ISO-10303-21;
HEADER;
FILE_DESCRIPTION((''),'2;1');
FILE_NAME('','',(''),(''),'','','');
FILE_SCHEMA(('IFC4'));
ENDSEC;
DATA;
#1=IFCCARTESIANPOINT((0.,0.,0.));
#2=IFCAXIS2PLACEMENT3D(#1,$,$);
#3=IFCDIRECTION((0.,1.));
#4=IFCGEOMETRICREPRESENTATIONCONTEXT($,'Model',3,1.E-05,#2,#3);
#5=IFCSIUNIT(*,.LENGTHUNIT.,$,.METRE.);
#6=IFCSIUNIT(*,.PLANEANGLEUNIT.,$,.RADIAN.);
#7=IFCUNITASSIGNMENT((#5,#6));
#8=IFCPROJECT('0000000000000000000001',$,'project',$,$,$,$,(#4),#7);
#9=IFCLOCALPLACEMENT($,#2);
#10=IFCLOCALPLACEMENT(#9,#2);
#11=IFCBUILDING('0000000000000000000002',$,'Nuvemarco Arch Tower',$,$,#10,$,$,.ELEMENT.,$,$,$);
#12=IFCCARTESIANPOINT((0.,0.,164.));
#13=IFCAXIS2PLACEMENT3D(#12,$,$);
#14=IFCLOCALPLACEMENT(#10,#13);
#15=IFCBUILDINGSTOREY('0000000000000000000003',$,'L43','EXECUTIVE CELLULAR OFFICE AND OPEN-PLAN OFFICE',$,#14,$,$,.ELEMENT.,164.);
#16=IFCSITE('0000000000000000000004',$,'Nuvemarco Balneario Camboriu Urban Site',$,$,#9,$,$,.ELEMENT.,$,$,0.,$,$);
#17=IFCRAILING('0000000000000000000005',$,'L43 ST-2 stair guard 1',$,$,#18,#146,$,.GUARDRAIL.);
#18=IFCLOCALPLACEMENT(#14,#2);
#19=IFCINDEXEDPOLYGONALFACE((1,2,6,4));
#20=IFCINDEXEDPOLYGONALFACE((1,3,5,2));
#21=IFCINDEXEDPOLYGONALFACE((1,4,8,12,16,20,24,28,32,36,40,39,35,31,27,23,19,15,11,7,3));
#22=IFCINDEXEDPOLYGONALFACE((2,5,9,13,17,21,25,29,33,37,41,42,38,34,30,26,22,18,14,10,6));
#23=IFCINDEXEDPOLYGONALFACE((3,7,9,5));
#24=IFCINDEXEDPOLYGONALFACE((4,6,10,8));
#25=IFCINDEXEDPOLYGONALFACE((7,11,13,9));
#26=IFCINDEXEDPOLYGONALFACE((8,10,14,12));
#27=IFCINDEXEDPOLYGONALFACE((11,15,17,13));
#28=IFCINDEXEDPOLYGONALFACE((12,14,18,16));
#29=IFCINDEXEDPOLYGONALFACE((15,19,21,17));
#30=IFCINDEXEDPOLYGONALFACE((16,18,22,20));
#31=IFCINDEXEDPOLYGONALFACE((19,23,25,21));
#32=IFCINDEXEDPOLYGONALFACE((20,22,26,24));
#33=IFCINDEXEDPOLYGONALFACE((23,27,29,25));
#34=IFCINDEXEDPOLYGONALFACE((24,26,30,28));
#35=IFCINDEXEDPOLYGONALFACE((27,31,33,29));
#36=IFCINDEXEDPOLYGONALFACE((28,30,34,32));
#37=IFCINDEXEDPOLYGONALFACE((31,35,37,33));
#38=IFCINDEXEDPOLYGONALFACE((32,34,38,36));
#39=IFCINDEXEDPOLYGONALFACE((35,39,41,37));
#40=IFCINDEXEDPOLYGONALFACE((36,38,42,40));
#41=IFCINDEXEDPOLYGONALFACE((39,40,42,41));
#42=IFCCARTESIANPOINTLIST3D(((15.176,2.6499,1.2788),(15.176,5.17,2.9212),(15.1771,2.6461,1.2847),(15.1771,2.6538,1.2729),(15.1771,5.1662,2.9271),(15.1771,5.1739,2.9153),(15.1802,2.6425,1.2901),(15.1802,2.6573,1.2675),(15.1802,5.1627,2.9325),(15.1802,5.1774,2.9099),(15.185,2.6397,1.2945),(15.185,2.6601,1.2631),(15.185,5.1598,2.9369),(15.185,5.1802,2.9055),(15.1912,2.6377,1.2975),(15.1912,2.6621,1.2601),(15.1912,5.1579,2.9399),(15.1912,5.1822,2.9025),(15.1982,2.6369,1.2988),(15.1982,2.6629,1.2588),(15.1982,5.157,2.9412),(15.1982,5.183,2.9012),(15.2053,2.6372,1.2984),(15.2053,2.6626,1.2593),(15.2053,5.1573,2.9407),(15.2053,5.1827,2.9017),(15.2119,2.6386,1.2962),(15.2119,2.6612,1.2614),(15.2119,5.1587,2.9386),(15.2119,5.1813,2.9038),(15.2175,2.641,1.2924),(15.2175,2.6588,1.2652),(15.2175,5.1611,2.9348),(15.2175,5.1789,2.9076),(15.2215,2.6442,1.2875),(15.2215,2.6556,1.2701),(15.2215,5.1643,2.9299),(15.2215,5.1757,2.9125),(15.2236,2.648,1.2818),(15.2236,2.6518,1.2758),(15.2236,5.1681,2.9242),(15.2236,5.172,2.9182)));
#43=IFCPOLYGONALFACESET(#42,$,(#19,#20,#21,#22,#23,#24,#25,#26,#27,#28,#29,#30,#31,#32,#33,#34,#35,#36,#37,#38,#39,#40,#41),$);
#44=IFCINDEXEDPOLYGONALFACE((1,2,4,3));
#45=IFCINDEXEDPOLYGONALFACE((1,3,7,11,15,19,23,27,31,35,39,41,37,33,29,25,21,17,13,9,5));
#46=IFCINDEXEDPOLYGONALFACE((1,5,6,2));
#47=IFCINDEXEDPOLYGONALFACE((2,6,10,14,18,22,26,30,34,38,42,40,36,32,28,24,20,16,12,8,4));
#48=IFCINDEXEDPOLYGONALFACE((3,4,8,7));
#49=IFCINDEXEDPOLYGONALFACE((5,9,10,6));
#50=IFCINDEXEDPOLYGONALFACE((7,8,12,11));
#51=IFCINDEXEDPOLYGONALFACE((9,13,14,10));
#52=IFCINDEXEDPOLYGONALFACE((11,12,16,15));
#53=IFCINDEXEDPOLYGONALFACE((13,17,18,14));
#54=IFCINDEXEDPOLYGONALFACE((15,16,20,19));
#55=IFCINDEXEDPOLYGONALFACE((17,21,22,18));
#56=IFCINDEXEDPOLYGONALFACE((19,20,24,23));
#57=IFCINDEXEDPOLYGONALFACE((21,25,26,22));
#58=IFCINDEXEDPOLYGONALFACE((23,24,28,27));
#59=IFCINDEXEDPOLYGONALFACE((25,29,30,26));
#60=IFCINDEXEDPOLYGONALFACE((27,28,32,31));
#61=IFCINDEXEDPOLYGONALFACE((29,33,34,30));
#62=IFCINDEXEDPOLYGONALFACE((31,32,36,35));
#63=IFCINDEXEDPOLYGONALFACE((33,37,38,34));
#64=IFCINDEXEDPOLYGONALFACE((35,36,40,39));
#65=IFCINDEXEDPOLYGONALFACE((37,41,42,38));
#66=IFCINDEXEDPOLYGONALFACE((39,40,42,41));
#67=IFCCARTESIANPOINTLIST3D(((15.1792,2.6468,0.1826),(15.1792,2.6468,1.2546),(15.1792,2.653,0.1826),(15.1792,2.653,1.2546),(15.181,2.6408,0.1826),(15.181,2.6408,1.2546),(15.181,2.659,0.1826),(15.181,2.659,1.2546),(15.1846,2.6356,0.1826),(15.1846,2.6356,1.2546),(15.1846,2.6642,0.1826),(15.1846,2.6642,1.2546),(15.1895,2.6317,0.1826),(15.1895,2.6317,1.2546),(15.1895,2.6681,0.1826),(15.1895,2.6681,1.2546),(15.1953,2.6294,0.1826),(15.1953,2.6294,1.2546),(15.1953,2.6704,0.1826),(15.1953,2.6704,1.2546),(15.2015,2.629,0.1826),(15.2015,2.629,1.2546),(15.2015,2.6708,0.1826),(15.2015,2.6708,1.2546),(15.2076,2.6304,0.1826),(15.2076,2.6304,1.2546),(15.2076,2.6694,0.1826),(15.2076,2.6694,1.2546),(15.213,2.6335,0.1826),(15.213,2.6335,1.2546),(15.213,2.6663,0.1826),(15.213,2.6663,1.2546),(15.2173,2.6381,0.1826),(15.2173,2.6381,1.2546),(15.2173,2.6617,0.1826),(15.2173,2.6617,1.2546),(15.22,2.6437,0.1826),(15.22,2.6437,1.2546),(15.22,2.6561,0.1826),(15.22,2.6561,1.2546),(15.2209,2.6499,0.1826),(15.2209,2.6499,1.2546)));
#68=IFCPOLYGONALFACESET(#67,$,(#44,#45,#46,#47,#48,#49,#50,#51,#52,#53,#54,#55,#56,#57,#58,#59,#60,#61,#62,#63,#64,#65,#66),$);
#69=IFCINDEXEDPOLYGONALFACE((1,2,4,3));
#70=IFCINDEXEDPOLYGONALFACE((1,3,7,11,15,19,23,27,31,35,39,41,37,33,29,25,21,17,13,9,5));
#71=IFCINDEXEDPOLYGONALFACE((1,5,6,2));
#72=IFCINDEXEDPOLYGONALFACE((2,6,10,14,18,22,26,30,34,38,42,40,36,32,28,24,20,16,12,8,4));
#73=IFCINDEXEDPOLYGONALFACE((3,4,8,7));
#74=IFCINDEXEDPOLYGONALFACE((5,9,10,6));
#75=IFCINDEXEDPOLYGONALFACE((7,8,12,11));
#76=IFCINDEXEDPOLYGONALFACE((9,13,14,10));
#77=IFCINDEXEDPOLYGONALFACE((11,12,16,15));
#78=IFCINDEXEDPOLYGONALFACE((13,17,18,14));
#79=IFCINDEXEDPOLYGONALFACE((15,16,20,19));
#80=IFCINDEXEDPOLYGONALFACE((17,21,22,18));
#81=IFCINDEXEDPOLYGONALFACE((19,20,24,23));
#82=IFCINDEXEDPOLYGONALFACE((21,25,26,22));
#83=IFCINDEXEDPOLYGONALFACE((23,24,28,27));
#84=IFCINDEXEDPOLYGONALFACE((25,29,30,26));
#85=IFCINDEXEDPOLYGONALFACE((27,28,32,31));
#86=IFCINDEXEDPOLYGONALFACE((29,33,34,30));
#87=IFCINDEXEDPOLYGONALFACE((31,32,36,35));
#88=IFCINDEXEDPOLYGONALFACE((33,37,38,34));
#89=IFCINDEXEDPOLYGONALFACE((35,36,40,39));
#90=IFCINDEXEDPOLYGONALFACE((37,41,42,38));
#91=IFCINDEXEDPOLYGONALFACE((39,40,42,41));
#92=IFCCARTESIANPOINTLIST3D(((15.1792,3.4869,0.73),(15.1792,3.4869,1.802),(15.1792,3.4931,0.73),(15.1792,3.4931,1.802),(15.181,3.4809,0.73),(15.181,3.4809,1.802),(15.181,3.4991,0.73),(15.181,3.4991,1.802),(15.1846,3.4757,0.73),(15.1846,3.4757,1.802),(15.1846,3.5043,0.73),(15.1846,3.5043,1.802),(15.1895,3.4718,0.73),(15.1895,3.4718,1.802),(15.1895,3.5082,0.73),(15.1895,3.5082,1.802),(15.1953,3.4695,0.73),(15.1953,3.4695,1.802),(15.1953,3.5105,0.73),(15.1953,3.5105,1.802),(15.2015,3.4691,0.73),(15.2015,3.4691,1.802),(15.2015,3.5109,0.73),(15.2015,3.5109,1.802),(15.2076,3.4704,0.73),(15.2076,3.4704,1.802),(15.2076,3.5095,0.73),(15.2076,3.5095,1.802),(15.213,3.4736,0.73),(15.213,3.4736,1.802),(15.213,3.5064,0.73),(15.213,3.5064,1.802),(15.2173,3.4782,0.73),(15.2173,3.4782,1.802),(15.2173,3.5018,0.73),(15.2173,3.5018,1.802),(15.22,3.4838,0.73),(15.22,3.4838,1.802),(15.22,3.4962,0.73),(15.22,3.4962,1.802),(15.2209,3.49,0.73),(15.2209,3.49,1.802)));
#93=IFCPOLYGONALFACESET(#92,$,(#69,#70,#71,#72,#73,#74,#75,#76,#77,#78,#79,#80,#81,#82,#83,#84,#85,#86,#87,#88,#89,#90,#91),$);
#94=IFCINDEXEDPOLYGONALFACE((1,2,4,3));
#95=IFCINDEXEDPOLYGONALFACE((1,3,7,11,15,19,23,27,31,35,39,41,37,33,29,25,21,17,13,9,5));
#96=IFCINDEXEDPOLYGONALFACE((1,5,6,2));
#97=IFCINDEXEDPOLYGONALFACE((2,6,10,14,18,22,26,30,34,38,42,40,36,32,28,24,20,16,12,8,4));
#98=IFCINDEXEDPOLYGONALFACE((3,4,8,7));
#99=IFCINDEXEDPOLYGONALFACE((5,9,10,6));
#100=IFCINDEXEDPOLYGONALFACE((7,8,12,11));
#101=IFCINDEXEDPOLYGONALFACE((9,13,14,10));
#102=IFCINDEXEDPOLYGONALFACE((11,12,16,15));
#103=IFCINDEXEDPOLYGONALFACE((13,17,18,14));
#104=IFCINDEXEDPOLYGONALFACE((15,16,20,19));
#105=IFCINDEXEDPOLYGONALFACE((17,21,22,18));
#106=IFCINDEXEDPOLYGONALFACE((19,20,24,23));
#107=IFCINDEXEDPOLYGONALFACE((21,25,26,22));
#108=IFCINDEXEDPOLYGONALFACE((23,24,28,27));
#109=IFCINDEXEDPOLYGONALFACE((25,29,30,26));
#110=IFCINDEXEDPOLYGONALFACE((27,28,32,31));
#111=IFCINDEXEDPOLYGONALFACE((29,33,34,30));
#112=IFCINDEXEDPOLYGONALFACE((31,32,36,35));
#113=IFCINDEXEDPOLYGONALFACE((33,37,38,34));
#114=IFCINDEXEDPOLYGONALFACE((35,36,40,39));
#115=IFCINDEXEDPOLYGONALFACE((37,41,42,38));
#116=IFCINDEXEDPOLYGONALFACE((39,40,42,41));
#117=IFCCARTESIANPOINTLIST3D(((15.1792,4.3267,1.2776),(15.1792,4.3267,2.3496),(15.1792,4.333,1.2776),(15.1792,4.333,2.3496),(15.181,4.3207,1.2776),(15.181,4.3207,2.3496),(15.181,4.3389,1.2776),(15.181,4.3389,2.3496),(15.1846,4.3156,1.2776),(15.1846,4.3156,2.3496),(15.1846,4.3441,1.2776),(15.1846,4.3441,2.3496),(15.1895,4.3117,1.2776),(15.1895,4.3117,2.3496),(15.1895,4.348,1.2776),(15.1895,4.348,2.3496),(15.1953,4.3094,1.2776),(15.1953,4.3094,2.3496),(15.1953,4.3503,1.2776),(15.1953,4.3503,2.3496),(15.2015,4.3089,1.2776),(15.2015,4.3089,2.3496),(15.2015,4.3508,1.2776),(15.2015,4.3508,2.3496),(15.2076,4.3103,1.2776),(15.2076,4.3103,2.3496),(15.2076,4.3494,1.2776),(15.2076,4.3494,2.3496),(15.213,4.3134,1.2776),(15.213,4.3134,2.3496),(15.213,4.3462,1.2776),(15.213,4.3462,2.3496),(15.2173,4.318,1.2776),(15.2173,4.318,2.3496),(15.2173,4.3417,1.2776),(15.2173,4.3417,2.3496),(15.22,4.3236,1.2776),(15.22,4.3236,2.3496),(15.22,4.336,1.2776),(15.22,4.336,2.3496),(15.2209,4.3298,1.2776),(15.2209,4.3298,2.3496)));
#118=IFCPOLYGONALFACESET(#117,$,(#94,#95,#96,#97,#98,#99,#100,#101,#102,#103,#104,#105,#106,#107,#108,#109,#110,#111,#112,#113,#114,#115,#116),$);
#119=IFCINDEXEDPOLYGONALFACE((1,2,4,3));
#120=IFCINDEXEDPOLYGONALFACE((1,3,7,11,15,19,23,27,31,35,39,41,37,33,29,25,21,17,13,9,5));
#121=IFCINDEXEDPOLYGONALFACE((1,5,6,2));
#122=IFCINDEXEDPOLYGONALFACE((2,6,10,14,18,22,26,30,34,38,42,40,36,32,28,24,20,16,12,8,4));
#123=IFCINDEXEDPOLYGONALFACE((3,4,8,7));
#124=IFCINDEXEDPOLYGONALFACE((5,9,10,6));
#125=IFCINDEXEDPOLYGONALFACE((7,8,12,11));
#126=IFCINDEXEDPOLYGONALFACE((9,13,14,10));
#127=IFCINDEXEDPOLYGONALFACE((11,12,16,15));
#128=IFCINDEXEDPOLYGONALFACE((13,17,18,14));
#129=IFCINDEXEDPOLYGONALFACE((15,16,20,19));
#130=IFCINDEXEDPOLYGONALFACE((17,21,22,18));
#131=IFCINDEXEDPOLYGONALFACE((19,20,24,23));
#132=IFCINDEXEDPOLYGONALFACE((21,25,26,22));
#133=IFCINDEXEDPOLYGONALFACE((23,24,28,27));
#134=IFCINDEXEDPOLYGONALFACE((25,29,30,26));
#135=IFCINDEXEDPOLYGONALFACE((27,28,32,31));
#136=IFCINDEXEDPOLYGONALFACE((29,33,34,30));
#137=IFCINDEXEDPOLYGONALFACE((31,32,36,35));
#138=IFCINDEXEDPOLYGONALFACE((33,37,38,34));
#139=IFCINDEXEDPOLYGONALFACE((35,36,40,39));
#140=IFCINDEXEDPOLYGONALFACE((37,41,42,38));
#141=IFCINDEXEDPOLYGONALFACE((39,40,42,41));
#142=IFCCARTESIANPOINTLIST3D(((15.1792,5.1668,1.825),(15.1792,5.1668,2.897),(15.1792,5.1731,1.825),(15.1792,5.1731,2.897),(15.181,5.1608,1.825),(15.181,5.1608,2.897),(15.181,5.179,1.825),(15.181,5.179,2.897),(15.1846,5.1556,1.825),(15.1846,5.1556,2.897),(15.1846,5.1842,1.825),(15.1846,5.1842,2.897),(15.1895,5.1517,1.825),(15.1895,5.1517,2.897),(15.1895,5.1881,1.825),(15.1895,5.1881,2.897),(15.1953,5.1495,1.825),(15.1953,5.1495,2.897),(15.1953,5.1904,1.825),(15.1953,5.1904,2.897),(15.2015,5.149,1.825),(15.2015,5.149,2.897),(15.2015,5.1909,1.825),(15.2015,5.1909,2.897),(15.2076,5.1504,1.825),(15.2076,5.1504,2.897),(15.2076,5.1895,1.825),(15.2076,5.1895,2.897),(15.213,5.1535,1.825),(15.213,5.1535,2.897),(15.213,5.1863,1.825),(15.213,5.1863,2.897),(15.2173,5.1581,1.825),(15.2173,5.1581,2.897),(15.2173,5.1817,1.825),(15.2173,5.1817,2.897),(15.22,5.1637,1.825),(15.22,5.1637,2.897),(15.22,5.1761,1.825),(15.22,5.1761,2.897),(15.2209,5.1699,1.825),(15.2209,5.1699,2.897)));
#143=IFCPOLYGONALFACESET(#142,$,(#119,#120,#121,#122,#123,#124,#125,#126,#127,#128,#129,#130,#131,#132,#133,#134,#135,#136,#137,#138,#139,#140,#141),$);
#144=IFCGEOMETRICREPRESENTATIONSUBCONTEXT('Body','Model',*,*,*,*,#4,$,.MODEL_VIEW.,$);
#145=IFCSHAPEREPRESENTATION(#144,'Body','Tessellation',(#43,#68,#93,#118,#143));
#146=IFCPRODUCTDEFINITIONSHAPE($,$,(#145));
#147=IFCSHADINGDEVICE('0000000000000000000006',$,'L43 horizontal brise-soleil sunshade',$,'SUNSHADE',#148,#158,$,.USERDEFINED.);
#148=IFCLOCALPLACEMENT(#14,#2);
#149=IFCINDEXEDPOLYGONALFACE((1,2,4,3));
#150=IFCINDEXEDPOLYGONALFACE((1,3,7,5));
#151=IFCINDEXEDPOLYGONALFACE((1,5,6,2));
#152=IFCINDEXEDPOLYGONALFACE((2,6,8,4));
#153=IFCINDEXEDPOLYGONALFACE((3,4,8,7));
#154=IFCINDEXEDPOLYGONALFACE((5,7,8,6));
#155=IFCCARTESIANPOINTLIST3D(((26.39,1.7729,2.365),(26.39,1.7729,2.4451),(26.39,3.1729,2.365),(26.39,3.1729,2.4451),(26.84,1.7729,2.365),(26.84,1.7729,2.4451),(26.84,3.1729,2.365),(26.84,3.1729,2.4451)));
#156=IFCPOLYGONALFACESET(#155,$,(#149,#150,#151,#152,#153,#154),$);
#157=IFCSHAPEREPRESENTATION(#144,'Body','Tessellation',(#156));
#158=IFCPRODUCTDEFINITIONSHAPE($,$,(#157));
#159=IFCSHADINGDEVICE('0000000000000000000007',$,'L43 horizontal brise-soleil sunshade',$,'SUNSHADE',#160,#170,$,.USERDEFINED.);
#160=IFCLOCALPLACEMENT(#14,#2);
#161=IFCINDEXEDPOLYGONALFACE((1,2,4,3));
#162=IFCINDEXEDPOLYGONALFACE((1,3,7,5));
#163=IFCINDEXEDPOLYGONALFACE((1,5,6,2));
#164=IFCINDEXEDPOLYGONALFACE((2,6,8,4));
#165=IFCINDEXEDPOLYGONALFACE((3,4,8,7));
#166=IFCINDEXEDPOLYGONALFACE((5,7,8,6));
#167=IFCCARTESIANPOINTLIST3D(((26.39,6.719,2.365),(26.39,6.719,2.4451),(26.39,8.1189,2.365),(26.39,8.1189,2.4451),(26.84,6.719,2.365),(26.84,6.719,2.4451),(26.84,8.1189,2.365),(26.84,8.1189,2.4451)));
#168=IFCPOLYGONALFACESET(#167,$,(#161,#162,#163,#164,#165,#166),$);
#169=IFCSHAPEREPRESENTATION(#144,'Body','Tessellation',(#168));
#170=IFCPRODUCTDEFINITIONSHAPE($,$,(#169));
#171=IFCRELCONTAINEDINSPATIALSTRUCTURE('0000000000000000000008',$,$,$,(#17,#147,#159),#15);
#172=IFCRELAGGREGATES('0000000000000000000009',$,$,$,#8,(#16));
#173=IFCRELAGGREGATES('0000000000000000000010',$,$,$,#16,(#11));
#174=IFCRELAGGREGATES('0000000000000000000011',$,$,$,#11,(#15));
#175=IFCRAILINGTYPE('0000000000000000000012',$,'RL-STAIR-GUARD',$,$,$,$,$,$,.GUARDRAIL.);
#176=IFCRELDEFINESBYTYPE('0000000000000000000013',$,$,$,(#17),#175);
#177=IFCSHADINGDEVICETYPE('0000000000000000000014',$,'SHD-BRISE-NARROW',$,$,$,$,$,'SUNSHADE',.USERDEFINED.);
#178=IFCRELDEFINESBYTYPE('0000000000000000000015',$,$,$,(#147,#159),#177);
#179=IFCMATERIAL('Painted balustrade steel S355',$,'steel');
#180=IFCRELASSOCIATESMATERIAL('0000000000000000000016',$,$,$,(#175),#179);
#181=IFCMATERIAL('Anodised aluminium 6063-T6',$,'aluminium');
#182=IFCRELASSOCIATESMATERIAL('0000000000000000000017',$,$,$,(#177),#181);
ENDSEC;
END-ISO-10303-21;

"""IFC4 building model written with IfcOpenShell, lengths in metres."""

from ifc_helpers import new_model, si_unit, direction, frame, origin, origin_2d, place, context, subcontext, project, spatial, rectangle, circle, extrude, source, transform, mapped, material, type_object, type_shapes, element, save


model = new_model("IFC4")

# Units and contexts
model_context = context("Model", 3, precision=1e-05, world=origin(), true_north=direction((0.0, 1.0)))
body_context = subcontext(model_context, "Body", "Model", "MODEL_VIEW")
ifc_project = project(units=[si_unit("LENGTHUNIT", "METRE"), si_unit("PLANEANGLEUNIT", "RADIAN")], contexts=[model_context])

# Site, building, storey
site_placement = place(None, origin())
site = spatial("IfcSite", under=ifc_project, at=site_placement, Name="Nuvemarco Balneario Camboriu Urban Site", CompositionType="ELEMENT", RefElevation=0.0)
building_placement = place(site_placement, origin())
building = spatial("IfcBuilding", under=site, at=building_placement, Name="Nuvemarco Arch Tower", CompositionType="ELEMENT")
storey_placement = place(building_placement, frame((0.0, 0.0, 164.0)))
storey = spatial("IfcBuildingStorey", under=building, at=storey_placement, Name="L43", Description="EXECUTIVE CELLULAR OFFICE AND OPEN-PLAN OFFICE", CompositionType="ELEMENT", Elevation=164.0)

# Railing
ifc_material_1 = material(Name="Painted balustrade steel S355", Category="steel")
railing_type_1 = type_object("IfcRailingType", Name="RL-STAIR-GUARD", PredefinedType="GUARDRAIL", material=ifc_material_1)
railing_1_placement = place(storey_placement, frame((15.2, 2.6499, 0.1826)))
element("IfcRailing", 1, at=railing_1_placement, inside=storey, type_object=railing_type_1, Name="L43 ST-2 stair guard 1", PredefinedType="GUARDRAIL", context=body_context, shape_type="SweptSolid", body=[
    extrude(circle(Radius=0.0239, at=origin_2d()), frame((0.0, 0.0, 1.0962), z_axis=(0.0, 0.837787, 0.545998), x_axis=(-1.0, 0.0, 0.0)), (0.0, 0.0, 1.0), 3.0081),
    extrude(circle(Radius=0.021, at=origin_2d()), origin(), (0.0, 0.0, 1.0), 1.072),
    extrude(circle(Radius=0.021, at=origin_2d()), frame((0.0, 0.8401, 0.5474)), (0.0, 0.0, 1.0), 1.072),
    extrude(circle(Radius=0.021, at=origin_2d()), frame((0.0, 1.6799, 1.095)), (0.0, 0.0, 1.0), 1.072),
    extrude(circle(Radius=0.021, at=origin_2d()), frame((0.0, 2.52, 1.6423)), (0.0, 0.0, 1.0), 1.072),
])

# Shading devices
ifc_material_2 = material(Name="Anodised aluminium 6063-T6", Category="aluminium")
shading_device_type = type_object("IfcShadingDeviceType", Name="SHD-BRISE-NARROW", ElementType="SUNSHADE", PredefinedType="USERDEFINED", material=ifc_material_2)
shared_shape_1 = source(origin(), body_context, "Body", "SweptSolid", [
    extrude(rectangle(XDim=1.3999, YDim=0.45, at=origin_2d()), origin(), (0.0, 0.0, 1.0), 0.0801),
])
type_shapes(shading_device_type, [shared_shape_1])
for number, where, z_axis, x_axis, name in (
    (2, (26.615, 2.4729, 2.365), (0.0, 0.0, 1.0), (0.0, 1.0, 0.0), "L43 horizontal brise-soleil sunshade"),
    (3, (26.615, 7.4189, 2.365), (0.0, 0.0, 1.0), (0.0, 1.0, 0.0), "L43 horizontal brise-soleil sunshade"),
):
    element("IfcShadingDevice", number, at=place(storey_placement, frame(where, z_axis=z_axis, x_axis=x_axis)), inside=storey, type_object=shading_device_type, Name=name, ObjectType="SUNSHADE", PredefinedType="USERDEFINED", context=body_context, shape_type="MappedRepresentation", body=[
        mapped(shared_shape_1, transform((0.0, 0.0, 0.0), scale=1.0)),
    ])

save(model, "model.ifc")
